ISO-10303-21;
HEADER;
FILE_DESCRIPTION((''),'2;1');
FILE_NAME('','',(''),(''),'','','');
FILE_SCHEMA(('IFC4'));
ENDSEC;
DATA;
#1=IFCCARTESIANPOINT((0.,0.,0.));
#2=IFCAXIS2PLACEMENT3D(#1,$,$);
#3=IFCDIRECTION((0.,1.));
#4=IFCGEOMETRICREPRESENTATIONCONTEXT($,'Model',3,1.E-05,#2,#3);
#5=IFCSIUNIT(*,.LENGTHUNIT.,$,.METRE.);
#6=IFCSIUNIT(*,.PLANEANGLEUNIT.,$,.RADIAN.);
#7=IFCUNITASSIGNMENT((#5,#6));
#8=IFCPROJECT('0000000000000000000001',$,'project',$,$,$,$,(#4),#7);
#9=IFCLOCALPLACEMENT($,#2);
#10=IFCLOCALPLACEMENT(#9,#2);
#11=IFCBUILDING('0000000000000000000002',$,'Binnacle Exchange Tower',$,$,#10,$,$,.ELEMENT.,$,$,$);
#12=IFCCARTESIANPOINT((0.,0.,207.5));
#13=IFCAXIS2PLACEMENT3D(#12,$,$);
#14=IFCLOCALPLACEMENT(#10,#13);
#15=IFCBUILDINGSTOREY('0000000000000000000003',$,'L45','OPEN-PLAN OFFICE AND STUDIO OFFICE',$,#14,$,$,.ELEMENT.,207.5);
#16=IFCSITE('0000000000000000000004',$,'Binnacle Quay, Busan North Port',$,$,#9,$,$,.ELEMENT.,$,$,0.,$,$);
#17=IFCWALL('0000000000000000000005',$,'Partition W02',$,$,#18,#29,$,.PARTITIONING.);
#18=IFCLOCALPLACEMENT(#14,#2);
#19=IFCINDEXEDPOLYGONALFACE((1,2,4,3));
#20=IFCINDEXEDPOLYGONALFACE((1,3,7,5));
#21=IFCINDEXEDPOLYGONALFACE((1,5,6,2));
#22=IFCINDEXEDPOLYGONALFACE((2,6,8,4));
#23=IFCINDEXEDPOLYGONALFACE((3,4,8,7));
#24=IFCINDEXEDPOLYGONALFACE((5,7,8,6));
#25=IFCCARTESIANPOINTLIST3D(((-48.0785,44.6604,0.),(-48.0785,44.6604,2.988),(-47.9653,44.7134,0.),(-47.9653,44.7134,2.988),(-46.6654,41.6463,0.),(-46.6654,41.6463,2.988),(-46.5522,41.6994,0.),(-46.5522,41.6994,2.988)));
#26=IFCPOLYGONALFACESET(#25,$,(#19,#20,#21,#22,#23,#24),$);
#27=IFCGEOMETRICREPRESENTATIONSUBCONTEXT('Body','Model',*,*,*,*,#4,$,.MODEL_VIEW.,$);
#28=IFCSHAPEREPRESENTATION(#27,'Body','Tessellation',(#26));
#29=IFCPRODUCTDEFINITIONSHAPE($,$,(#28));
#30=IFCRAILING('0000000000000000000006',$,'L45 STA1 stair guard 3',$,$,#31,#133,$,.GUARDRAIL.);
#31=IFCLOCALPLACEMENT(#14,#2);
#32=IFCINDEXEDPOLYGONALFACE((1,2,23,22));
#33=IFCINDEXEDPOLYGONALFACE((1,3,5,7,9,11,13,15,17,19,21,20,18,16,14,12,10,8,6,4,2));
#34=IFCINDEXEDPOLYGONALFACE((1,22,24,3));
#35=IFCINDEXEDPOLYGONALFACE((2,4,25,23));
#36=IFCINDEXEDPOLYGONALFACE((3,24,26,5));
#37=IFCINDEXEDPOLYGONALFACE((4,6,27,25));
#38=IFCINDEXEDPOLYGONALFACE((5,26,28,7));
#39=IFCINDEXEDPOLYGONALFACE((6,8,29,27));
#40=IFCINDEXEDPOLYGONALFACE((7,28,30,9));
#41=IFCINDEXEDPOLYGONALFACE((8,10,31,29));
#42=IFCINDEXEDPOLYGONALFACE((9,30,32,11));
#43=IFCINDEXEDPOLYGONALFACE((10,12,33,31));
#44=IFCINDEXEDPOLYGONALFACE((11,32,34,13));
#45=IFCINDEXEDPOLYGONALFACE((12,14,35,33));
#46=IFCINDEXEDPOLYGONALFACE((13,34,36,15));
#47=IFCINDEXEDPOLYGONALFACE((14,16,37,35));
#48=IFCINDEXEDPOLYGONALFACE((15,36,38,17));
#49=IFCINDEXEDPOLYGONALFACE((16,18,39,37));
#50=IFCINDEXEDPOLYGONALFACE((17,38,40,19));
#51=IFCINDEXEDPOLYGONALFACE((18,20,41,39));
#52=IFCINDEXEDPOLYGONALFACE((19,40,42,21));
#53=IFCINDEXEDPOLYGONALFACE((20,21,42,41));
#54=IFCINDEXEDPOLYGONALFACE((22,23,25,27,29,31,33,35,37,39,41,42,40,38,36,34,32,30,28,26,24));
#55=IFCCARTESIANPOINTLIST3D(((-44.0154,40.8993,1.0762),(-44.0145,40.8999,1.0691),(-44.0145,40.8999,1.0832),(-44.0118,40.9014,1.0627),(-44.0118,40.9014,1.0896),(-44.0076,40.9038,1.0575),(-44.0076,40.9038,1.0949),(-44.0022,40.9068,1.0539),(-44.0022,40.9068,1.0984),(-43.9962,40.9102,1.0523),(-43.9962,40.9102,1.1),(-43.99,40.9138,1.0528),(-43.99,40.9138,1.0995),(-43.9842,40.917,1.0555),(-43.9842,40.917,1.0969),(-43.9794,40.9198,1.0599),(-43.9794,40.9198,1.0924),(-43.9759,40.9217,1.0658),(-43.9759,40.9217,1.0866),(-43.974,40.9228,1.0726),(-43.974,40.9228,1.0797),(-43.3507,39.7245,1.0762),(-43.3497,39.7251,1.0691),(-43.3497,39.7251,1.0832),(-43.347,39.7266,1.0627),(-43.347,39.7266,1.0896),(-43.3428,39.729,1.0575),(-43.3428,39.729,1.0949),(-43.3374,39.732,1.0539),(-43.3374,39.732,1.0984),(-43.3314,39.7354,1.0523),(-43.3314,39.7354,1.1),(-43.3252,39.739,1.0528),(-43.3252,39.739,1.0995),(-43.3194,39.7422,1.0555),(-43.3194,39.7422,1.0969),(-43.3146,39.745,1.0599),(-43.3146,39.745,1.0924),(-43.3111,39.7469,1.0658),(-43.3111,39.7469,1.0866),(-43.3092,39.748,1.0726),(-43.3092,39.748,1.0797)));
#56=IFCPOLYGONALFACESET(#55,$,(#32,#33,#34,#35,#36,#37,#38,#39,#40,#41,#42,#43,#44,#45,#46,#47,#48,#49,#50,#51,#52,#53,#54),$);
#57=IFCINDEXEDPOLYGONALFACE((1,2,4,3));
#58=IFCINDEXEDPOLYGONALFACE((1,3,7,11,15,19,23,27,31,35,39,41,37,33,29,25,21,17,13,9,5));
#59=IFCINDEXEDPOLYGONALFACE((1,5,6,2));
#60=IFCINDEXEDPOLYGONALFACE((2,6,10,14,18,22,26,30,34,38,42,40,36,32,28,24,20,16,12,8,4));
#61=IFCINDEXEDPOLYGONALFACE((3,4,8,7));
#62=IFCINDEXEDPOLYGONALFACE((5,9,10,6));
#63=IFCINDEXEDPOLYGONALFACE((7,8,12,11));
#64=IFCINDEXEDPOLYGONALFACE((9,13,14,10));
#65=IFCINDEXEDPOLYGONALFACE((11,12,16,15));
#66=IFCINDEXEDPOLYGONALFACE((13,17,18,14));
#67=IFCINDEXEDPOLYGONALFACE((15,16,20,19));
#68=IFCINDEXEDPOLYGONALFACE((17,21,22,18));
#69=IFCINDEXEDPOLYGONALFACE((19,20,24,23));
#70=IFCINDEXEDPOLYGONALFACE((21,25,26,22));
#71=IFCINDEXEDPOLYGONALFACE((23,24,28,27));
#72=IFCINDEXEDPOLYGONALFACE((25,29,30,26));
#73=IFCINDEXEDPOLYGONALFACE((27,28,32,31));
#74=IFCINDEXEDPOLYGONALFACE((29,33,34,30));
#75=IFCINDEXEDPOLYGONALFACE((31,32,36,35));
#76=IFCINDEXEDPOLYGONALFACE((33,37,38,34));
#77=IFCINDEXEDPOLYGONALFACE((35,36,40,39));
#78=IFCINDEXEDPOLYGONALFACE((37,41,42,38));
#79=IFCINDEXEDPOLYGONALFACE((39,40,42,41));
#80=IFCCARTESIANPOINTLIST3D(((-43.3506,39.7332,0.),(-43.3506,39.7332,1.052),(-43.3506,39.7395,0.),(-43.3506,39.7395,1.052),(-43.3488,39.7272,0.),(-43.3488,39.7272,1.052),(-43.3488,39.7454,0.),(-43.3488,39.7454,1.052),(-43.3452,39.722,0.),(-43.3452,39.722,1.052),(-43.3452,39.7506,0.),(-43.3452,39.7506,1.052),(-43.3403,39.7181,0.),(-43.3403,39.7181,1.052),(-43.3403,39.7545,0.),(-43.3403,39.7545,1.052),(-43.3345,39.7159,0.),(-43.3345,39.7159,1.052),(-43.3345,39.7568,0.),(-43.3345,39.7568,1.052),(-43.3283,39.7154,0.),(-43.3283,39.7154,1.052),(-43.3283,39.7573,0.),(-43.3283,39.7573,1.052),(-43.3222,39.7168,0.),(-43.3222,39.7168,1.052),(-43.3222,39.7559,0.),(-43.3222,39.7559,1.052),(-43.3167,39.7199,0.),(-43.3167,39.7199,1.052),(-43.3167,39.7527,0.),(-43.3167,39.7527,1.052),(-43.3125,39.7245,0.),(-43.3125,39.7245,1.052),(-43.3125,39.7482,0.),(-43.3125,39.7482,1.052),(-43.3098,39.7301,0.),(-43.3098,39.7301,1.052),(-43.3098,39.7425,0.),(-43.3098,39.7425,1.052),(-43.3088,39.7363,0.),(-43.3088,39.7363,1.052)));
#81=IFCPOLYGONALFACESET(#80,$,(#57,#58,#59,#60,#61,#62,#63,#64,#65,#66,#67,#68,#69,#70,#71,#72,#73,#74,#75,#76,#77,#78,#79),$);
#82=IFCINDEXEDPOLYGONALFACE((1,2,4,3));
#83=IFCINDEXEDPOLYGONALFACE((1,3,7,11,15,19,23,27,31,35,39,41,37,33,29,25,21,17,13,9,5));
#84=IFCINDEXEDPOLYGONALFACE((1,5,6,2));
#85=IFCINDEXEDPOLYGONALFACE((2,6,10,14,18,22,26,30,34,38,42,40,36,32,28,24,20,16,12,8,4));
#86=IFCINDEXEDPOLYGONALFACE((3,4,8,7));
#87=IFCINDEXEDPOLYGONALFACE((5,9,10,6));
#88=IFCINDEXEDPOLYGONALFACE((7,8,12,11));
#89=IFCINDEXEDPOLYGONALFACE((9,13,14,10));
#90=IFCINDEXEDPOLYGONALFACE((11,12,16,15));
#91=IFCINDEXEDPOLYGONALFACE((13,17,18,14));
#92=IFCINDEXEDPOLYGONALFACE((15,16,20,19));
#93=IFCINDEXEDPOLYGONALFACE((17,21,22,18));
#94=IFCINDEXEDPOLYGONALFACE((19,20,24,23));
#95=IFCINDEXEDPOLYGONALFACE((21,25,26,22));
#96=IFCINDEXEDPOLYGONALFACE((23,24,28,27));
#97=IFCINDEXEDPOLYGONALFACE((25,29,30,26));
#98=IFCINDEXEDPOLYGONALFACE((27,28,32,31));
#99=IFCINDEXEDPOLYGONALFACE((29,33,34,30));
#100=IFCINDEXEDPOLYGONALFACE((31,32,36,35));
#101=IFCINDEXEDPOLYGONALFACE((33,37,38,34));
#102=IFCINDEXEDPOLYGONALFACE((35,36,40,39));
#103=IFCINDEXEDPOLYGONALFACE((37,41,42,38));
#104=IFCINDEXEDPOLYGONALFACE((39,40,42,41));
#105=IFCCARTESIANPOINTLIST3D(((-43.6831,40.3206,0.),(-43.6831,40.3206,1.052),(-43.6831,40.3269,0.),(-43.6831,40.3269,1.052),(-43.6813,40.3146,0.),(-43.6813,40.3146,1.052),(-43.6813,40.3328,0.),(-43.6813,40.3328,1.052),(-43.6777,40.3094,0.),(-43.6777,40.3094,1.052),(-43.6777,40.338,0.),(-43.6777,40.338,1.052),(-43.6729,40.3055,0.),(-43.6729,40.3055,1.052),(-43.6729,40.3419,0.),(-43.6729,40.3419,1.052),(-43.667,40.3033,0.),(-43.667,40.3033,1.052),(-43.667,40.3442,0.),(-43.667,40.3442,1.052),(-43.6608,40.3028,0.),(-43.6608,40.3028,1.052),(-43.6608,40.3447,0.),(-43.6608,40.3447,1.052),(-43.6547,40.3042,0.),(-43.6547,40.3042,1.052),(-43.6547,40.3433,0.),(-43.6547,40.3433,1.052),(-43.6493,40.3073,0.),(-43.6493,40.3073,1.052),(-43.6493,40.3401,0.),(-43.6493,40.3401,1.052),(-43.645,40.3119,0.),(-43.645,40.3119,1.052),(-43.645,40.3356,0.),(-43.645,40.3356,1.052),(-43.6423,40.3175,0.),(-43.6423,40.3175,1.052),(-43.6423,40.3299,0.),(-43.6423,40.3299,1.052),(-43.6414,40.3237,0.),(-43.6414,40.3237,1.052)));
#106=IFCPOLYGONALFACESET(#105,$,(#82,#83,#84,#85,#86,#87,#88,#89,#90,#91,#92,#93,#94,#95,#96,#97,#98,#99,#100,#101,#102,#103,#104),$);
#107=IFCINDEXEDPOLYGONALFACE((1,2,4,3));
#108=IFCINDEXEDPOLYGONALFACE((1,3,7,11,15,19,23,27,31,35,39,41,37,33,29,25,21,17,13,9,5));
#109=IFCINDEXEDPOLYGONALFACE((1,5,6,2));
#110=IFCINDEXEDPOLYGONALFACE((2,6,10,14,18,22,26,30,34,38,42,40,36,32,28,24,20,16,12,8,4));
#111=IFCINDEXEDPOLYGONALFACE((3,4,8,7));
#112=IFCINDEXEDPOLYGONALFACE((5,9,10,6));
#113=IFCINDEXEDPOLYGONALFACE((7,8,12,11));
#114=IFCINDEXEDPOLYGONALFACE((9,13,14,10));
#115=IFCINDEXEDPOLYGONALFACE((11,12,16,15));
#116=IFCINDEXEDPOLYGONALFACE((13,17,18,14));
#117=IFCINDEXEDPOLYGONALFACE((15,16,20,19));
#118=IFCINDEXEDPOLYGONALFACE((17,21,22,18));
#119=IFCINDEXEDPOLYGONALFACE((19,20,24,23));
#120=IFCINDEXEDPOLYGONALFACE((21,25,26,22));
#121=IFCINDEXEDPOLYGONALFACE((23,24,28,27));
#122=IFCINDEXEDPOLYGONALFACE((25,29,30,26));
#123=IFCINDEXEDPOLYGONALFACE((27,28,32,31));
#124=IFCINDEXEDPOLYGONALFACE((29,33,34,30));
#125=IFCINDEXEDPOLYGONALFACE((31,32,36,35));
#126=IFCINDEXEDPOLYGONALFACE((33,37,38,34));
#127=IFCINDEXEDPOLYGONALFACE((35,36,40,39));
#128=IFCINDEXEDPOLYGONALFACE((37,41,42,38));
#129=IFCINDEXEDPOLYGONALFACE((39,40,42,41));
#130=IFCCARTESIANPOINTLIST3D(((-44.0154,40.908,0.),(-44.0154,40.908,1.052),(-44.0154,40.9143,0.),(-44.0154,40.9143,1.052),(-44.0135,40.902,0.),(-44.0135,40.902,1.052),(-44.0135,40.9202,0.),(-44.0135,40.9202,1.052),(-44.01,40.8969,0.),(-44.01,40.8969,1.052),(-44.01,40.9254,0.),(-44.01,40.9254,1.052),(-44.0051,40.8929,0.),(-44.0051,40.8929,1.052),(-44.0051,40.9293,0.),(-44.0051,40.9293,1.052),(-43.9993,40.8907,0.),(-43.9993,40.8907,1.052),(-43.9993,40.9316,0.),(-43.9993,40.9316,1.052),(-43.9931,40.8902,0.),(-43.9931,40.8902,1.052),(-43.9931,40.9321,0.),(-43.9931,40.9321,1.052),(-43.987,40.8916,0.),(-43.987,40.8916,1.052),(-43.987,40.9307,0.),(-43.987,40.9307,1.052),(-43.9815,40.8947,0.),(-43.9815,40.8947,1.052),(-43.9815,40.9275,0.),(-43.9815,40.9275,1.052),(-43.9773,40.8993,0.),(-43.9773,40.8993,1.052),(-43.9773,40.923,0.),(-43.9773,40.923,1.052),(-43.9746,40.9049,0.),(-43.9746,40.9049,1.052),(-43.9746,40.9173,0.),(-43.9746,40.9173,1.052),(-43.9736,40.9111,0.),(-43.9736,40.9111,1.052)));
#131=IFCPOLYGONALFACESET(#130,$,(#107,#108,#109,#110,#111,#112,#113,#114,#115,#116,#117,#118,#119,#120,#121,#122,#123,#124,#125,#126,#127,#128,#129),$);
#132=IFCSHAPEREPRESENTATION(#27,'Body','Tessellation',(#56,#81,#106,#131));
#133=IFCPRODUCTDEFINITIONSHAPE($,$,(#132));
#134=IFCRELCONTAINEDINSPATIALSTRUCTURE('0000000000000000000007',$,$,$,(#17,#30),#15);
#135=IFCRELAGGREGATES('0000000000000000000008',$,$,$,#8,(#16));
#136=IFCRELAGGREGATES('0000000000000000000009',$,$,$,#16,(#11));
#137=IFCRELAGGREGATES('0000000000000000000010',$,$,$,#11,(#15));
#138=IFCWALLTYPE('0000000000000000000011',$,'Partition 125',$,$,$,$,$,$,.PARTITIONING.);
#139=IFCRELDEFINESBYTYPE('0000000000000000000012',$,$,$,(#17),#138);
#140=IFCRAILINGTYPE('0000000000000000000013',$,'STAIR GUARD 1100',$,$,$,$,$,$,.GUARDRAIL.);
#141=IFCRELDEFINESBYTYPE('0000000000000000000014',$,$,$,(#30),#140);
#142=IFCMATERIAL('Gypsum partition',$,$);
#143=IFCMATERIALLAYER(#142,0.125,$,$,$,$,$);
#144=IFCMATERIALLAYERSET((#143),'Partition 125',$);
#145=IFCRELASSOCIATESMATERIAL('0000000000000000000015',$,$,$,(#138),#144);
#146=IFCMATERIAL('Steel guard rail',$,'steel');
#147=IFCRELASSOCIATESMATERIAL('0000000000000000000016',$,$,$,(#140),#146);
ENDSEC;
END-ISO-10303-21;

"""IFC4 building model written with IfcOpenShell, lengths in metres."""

from ifc_helpers import new_model, si_unit, direction, frame, frame_2d, origin, origin_2d, place, context, subcontext, project, spatial, rectangle, circle, extrude, material, layer, layer_set, type_object, element, save


model = new_model("IFC4")

# Units and contexts
model_context = context("Model", 3, precision=1e-05, world=origin(), true_north=direction((0.0, 1.0)))
body_context = subcontext(model_context, "Body", "Model", "MODEL_VIEW")
ifc_project = project(units=[si_unit("LENGTHUNIT", "METRE"), si_unit("PLANEANGLEUNIT", "RADIAN")], contexts=[model_context])

# Site, building, storey
site_placement = place(None, origin())
site = spatial("IfcSite", under=ifc_project, at=site_placement, Name="Binnacle Quay, Busan North Port", CompositionType="ELEMENT", RefElevation=0.0)
building_placement = place(site_placement, origin())
building = spatial("IfcBuilding", under=site, at=building_placement, Name="Binnacle Exchange Tower", CompositionType="ELEMENT")
storey_placement = place(building_placement, frame((0.0, 0.0, 207.5)))
storey = spatial("IfcBuildingStorey", under=building, at=storey_placement, Name="L45", Description="OPEN-PLAN OFFICE AND STUDIO OFFICE", CompositionType="ELEMENT", Elevation=207.5)

# Shared definitions
ifc_material_1 = material(Name="Gypsum partition")
ifc_layer_1 = layer(ifc_material_1, 0.125)
ifc_layer_set_1 = layer_set([ifc_layer_1], Name="Partition 125")
wall_type_1 = type_object("IfcWallType", Name="Partition 125", PredefinedType="PARTITIONING", material=ifc_layer_set_1)

# Wall
wall_1_placement = place(storey_placement, frame((-48.022, 44.687, 0.0), z_axis=(0.0, 0.0, 1.0), x_axis=(0.424511, -0.905423, 0.0)))
element("IfcWall", 1, at=wall_1_placement, inside=storey, type_object=wall_type_1, Name="Partition W02", PredefinedType="PARTITIONING", context=body_context, shape_type="SweptSolid", body=[
    extrude(rectangle(XDim=3.3289, YDim=0.125, at=frame_2d((1.6646, 0.0))), origin(), (0.0, 0.0, 1.0), 2.988),
])

# Railing
ifc_material_2 = material(Name="Steel guard rail", Category="steel")
railing_type = type_object("IfcRailingType", Name="STAIR GUARD 1100", PredefinedType="GUARDRAIL", material=ifc_material_2)
railing_1_placement = place(storey_placement, frame((-43.3298, 39.7363, 0.0)))
element("IfcRailing", 2, at=railing_1_placement, inside=storey, type_object=railing_type, Name="L45 STA1 stair guard 3", PredefinedType="GUARDRAIL", context=body_context, shape_type="SweptSolid", body=[
    extrude(circle(Radius=0.0239, at=origin_2d()), frame((0.0, 0.0, 1.0762), z_axis=(-0.492492, 0.870317, 0.0), x_axis=(-0.870317, -0.492492, 0.0)), (0.0, 0.0, 1.0), 1.3499),
    extrude(circle(Radius=0.021, at=origin_2d()), origin(), (0.0, 0.0, 1.0), 1.052),
    extrude(circle(Radius=0.021, at=origin_2d()), frame((-0.3325, 0.5874, 0.0)), (0.0, 0.0, 1.0), 1.052),
    extrude(circle(Radius=0.021, at=origin_2d()), frame((-0.6648, 1.1748, 0.0)), (0.0, 0.0, 1.0), 1.052),
])

save(model, "model.ifc")
